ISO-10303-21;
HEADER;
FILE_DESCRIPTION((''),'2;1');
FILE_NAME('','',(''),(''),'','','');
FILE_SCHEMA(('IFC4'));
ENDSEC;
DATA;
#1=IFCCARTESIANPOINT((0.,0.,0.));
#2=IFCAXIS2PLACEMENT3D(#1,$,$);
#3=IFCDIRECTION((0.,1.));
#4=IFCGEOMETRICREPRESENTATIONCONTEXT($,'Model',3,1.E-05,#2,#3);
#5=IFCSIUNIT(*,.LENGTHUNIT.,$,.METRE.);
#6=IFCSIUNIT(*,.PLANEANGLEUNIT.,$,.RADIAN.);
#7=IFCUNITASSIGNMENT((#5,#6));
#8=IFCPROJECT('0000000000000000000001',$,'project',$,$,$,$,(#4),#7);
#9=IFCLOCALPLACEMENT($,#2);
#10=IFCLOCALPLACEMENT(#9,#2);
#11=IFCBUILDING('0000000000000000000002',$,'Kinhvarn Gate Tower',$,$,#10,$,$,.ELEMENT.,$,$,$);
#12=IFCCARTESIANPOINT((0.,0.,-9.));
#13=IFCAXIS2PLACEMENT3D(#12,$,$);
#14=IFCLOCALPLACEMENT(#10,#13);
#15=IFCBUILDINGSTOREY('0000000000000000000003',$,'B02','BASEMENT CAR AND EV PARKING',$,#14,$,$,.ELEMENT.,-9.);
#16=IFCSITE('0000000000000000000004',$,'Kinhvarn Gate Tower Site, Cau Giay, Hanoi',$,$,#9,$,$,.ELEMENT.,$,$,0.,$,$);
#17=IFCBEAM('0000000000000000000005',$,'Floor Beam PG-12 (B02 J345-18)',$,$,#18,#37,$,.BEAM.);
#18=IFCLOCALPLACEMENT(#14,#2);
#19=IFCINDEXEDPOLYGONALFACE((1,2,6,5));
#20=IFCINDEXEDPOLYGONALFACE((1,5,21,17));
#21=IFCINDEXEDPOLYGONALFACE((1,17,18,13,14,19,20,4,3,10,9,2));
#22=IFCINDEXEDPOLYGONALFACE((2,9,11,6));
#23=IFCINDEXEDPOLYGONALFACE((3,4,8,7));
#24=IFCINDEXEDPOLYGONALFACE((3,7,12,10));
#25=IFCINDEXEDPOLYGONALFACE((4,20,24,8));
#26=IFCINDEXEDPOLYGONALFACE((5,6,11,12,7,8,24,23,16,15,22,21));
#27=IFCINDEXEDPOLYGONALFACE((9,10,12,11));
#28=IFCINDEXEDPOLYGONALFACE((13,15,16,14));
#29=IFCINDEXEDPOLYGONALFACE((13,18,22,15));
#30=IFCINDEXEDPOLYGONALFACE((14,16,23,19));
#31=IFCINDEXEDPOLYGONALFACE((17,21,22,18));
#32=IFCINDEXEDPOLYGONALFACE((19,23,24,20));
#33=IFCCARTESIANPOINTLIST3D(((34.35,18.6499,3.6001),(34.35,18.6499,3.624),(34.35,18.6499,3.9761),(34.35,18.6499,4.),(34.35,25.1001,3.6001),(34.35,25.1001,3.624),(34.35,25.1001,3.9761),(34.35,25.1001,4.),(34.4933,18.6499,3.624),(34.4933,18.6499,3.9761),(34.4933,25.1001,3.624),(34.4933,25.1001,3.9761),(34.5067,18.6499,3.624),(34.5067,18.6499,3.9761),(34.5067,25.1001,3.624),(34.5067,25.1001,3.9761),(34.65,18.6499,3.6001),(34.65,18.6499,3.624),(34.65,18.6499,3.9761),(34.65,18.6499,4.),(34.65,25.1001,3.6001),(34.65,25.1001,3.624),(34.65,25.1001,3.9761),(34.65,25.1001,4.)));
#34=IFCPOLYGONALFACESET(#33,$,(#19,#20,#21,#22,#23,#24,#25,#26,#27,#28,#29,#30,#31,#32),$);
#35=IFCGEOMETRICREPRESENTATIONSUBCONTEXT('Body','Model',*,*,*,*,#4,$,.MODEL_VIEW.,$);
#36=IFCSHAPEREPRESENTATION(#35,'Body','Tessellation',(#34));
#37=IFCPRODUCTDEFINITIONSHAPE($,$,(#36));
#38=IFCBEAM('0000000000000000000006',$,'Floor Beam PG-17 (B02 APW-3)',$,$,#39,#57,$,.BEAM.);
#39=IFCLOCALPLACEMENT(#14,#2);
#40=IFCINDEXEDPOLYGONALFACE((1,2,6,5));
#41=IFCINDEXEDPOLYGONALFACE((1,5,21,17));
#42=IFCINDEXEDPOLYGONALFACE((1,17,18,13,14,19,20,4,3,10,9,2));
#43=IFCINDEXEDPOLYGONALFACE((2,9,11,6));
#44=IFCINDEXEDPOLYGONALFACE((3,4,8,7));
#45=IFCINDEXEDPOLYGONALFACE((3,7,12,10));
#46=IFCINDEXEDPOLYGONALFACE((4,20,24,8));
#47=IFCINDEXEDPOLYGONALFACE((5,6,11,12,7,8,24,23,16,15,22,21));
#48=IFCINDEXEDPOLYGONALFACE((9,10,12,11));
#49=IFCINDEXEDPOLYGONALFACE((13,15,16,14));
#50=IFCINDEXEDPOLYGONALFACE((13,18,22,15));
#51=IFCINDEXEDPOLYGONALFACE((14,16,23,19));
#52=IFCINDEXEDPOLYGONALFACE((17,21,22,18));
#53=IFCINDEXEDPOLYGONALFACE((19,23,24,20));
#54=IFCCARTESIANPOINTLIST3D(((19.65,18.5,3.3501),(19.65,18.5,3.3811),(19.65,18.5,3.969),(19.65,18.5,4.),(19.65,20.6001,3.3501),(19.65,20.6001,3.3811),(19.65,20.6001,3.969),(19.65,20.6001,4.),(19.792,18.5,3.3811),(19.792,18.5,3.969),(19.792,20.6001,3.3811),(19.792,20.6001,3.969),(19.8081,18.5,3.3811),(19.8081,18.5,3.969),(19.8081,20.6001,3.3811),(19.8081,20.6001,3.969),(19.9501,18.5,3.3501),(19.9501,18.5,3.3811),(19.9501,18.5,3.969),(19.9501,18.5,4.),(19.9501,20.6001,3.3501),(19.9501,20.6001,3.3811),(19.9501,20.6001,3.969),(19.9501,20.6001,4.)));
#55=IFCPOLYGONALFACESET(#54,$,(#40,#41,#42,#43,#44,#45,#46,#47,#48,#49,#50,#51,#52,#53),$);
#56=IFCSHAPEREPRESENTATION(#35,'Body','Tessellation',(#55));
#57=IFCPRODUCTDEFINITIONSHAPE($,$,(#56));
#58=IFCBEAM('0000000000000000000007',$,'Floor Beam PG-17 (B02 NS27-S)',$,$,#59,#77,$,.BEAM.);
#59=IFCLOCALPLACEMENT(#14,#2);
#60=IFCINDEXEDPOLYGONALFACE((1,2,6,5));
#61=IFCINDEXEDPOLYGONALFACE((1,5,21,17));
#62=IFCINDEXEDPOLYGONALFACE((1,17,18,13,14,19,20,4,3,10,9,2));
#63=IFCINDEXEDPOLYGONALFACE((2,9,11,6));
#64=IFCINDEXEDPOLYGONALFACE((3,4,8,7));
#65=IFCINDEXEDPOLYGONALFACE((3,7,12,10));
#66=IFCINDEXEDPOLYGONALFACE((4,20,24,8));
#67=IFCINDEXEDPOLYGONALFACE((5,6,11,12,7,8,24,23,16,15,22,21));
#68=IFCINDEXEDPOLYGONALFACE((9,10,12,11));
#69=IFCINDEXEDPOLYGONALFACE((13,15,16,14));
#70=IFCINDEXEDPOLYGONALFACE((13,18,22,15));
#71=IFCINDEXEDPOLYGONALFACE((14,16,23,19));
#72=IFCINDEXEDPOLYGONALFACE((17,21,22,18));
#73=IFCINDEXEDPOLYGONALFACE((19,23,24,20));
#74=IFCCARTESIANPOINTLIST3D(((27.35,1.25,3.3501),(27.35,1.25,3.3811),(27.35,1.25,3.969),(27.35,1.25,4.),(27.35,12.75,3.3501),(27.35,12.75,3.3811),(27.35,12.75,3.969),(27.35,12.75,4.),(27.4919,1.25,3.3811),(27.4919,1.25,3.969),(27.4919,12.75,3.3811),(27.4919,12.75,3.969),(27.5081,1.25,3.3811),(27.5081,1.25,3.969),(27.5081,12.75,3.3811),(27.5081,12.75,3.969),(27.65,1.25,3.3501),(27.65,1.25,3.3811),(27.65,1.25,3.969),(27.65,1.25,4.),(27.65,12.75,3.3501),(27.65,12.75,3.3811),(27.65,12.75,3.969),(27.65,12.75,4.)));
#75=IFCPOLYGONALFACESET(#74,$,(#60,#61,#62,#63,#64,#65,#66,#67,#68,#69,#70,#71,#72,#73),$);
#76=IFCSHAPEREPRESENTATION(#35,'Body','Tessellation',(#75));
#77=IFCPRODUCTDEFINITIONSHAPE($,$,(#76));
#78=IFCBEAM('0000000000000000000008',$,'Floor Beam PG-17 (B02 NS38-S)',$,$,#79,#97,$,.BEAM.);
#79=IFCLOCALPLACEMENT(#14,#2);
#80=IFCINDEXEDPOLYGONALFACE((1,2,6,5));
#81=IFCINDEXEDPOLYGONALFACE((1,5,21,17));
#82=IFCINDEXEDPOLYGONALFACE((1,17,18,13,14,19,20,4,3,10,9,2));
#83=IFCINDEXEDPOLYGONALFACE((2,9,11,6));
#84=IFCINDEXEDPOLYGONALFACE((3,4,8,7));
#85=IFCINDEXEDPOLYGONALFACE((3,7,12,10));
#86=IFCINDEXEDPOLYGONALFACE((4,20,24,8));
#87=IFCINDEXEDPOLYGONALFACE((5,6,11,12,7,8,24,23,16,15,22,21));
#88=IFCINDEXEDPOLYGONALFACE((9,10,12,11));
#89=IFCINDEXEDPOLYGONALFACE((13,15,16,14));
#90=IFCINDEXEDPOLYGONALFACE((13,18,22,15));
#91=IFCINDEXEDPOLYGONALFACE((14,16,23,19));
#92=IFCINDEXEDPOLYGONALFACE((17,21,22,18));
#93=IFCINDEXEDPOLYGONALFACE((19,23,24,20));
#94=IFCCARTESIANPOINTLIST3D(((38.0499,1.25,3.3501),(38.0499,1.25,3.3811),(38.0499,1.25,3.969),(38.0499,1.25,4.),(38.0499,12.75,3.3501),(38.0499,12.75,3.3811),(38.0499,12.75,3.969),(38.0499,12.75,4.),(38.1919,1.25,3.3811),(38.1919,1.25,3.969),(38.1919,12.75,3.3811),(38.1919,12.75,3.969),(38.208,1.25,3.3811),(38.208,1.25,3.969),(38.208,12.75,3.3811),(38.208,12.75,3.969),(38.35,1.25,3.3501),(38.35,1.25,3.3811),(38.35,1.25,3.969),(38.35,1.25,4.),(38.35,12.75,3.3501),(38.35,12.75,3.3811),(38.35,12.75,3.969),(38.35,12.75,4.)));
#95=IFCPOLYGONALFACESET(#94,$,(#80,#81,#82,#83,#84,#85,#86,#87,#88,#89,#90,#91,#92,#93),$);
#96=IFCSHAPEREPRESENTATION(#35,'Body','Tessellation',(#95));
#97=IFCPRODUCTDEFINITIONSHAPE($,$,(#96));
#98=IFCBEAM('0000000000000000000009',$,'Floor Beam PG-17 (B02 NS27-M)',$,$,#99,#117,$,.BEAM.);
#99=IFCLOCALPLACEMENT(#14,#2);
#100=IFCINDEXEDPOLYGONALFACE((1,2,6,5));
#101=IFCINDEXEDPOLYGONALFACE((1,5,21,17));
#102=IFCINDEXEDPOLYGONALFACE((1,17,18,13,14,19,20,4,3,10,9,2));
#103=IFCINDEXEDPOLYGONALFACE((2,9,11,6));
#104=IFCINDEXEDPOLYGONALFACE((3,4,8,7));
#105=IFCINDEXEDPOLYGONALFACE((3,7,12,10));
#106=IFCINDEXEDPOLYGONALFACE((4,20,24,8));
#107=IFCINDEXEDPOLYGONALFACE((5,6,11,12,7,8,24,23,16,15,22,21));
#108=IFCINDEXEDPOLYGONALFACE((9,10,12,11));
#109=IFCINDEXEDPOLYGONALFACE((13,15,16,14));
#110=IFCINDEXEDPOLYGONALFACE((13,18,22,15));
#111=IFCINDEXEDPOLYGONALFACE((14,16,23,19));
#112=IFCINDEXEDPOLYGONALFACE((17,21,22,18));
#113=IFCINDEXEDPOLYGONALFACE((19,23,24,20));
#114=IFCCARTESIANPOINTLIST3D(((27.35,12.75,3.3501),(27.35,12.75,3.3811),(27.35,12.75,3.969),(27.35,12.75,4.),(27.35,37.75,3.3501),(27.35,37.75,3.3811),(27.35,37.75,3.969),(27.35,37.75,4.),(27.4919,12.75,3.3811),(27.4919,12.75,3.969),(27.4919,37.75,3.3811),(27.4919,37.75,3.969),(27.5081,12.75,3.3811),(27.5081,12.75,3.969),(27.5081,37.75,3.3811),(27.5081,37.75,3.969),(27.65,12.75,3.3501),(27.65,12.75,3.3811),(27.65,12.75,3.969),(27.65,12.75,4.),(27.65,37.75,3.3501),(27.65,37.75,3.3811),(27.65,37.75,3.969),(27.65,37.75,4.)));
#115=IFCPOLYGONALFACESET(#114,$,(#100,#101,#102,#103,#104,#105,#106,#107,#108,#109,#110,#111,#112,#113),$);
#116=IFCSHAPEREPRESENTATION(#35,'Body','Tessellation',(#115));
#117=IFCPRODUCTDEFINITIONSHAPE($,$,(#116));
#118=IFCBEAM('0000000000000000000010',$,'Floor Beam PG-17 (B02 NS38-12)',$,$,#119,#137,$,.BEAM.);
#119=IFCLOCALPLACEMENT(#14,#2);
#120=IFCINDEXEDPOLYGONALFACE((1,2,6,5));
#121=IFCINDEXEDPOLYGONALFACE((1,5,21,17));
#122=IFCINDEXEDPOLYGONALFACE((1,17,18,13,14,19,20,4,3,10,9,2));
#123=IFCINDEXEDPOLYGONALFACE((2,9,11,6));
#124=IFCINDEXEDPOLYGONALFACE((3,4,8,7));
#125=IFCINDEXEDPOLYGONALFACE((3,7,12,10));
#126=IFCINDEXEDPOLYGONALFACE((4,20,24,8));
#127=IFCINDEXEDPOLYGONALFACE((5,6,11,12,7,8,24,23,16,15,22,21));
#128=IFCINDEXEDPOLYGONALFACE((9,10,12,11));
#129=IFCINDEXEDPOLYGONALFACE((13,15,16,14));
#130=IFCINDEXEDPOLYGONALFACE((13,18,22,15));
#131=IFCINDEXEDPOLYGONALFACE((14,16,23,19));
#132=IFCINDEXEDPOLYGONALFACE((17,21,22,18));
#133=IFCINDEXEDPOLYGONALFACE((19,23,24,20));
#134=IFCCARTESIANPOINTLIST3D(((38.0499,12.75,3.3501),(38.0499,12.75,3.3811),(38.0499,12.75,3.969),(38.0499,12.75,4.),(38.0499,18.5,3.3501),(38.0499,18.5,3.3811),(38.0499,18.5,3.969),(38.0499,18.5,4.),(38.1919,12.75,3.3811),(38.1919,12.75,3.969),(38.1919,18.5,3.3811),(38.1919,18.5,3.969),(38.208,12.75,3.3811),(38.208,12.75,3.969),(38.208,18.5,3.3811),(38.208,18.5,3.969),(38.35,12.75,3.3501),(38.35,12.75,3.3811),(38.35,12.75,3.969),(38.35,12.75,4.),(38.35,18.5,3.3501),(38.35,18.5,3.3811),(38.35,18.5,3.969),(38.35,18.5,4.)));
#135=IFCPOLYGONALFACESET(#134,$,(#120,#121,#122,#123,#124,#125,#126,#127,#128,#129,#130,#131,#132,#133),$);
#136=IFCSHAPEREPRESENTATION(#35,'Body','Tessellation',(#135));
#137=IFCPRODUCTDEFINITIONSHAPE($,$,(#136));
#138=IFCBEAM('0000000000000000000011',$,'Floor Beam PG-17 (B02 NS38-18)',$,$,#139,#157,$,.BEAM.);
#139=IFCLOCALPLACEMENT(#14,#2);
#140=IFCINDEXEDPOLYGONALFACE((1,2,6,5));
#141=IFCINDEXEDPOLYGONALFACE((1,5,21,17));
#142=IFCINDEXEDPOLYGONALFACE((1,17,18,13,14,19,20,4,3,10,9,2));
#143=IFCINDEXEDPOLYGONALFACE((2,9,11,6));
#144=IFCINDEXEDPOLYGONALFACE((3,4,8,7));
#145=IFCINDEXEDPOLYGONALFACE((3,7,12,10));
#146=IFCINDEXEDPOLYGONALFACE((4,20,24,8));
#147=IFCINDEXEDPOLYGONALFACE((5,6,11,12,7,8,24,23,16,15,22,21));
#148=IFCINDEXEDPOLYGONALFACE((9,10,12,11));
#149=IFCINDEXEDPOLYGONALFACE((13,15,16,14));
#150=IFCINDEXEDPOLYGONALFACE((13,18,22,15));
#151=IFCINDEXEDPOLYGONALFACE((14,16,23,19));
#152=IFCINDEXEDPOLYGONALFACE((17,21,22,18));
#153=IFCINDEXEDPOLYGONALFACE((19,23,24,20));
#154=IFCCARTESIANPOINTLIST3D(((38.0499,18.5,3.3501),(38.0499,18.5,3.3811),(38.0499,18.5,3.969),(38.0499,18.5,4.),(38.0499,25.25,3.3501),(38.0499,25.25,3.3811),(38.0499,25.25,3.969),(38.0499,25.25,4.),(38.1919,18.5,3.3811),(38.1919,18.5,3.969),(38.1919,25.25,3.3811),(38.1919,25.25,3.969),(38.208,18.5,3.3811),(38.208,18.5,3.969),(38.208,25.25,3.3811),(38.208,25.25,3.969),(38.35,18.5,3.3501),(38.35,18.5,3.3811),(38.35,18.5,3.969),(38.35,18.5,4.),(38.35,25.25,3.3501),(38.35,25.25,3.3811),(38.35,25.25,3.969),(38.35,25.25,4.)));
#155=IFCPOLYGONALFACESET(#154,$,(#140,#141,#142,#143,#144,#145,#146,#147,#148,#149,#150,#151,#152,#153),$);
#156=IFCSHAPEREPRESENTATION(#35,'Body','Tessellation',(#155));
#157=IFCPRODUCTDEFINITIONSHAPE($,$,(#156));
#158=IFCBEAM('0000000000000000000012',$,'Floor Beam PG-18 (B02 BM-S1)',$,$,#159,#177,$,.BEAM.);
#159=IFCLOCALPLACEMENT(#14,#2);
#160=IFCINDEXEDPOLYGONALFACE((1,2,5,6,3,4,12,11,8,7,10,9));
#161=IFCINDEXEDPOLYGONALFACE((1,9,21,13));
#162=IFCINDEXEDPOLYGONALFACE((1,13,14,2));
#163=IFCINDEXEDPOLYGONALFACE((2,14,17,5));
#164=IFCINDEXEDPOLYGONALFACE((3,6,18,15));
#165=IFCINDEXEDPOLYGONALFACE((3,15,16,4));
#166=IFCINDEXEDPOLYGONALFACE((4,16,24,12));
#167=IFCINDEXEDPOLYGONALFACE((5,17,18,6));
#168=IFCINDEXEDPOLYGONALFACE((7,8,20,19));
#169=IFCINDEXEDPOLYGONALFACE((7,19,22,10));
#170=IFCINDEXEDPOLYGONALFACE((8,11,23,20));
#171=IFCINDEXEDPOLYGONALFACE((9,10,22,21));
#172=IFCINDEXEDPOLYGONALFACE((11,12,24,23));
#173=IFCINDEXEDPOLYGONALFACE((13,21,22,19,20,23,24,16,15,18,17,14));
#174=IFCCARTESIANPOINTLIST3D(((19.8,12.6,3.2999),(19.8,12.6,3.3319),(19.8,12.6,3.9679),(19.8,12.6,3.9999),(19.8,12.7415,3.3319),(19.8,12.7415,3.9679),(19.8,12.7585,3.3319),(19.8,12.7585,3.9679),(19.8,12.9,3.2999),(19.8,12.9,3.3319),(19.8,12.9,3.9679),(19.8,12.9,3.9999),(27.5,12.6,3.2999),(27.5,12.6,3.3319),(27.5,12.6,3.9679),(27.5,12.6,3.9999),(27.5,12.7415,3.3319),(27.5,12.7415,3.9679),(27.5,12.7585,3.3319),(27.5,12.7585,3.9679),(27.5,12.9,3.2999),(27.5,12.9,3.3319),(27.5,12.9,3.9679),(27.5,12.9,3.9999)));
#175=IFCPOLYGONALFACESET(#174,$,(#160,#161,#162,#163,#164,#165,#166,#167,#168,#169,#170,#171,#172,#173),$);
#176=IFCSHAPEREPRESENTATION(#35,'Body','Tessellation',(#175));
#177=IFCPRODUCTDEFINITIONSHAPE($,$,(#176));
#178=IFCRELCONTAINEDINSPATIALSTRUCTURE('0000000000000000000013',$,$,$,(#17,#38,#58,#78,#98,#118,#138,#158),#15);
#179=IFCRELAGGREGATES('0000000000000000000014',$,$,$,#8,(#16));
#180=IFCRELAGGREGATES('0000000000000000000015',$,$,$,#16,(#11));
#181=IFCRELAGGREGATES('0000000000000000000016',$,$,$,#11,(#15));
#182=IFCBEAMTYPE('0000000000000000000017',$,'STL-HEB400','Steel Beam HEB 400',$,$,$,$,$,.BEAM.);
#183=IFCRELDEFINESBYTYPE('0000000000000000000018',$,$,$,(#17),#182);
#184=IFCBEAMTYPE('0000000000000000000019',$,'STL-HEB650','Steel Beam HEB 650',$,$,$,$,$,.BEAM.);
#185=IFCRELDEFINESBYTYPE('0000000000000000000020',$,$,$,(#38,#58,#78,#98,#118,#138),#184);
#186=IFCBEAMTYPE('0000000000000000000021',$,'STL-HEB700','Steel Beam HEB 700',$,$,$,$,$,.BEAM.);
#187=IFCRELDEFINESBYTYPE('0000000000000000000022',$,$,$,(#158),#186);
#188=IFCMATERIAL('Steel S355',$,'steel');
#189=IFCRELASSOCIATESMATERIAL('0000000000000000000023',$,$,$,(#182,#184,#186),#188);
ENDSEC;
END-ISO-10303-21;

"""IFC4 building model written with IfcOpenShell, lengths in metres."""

from ifc_helpers import new_model, si_unit, direction, frame, origin, origin_2d, place, context, subcontext, project, spatial, i_section, extrude, material, material_profile, profile_set, type_object, element, save


model = new_model("IFC4")

# Units and contexts
model_context = context("Model", 3, precision=1e-05, world=origin(), true_north=direction((0.0, 1.0)))
body_context = subcontext(model_context, "Body", "Model", "MODEL_VIEW")
ifc_project = project(units=[si_unit("LENGTHUNIT", "METRE"), si_unit("PLANEANGLEUNIT", "RADIAN")], contexts=[model_context])

# Site, building, storey
site_placement = place(None, origin())
site = spatial("IfcSite", under=ifc_project, at=site_placement, Name="Kinhvarn Gate Tower Site, Cau Giay, Hanoi", CompositionType="ELEMENT", RefElevation=0.0)
building_placement = place(site_placement, origin())
building = spatial("IfcBuilding", under=site, at=building_placement, Name="Kinhvarn Gate Tower", CompositionType="ELEMENT")
storey_placement = place(building_placement, frame((0.0, 0.0, -9.0)))
storey = spatial("IfcBuildingStorey", under=building, at=storey_placement, Name="B02", Description="BASEMENT CAR AND EV PARKING", CompositionType="ELEMENT", Elevation=-9.0)

# Beams
ifc_material_1 = material(Name="Steel S355", Category="steel")
ifc_material_profile_1 = material_profile(ifc_material_1, i_section(OverallWidth=0.3, OverallDepth=0.3999, WebThickness=0.0134, FlangeThickness=0.0239, at=origin_2d()), Name="HEB 400")
ifc_profile_set_1 = profile_set([ifc_material_profile_1], Name="Steel S355")
beam_type_1 = type_object("IfcBeamType", Name="STL-HEB400", Description="Steel Beam HEB 400", PredefinedType="BEAM", material=ifc_profile_set_1)
for number, where, z_axis, x_axis, name in (
    (1, (34.5, 18.6499, 3.8), (0.0, 1.0, 0.0), (-1.0, 0.0, 0.0), "Floor Beam PG-12 (B02 J345-18)"),
):
    element("IfcBeam", number, at=place(storey_placement, frame(where, z_axis=z_axis, x_axis=x_axis)), inside=storey, type_object=beam_type_1, Name=name, PredefinedType="BEAM", context=body_context, shape_type="SweptSolid", body=[
        extrude(i_section(OverallWidth=0.3, OverallDepth=0.3999, WebThickness=0.0134, FlangeThickness=0.0239, at=origin_2d()), origin(), (0.0, 0.0, 1.0), 6.4502),
    ])
ifc_material_profile_2 = material_profile(ifc_material_1, i_section(OverallWidth=0.3, OverallDepth=0.6499, WebThickness=0.0161, FlangeThickness=0.031, at=origin_2d()), Name="HEB 650")
ifc_profile_set_2 = profile_set([ifc_material_profile_2], Name="Steel S355")
beam_type_2 = type_object("IfcBeamType", Name="STL-HEB650", Description="Steel Beam HEB 650", PredefinedType="BEAM", material=ifc_profile_set_2)
beam_1_placement = place(storey_placement, frame((19.8, 18.5, 3.675), z_axis=(0.0, 1.0, 0.0), x_axis=(-1.0, 0.0, 0.0)))
element("IfcBeam", 2, at=beam_1_placement, inside=storey, type_object=beam_type_2, Name="Floor Beam PG-17 (B02 APW-3)", PredefinedType="BEAM", context=body_context, shape_type="SweptSolid", body=[
    extrude(i_section(OverallWidth=0.3, OverallDepth=0.6499, WebThickness=0.0161, FlangeThickness=0.031, at=origin_2d()), origin(), (0.0, 0.0, 1.0), 2.1001),
])
for number, where, z_axis, x_axis, name in (
    (3, (27.5, 1.25, 3.675), (0.0, 1.0, 0.0), (-1.0, 0.0, 0.0), "Floor Beam PG-17 (B02 NS27-S)"),
    (4, (38.2, 1.25, 3.675), (0.0, 1.0, 0.0), (-1.0, 0.0, 0.0), "Floor Beam PG-17 (B02 NS38-S)"),
):
    element("IfcBeam", number, at=place(storey_placement, frame(where, z_axis=z_axis, x_axis=x_axis)), inside=storey, type_object=beam_type_2, Name=name, PredefinedType="BEAM", context=body_context, shape_type="SweptSolid", body=[
        extrude(i_section(OverallWidth=0.3, OverallDepth=0.6499, WebThickness=0.0161, FlangeThickness=0.031, at=origin_2d()), origin(), (0.0, 0.0, 1.0), 11.5),
    ])
beam_2_placement = place(storey_placement, frame((27.5, 12.75, 3.675), z_axis=(0.0, 1.0, 0.0), x_axis=(-1.0, 0.0, 0.0)))
element("IfcBeam", 5, at=beam_2_placement, inside=storey, type_object=beam_type_2, Name="Floor Beam PG-17 (B02 NS27-M)", PredefinedType="BEAM", context=body_context, shape_type="SweptSolid", body=[
    extrude(i_section(OverallWidth=0.3, OverallDepth=0.6499, WebThickness=0.0161, FlangeThickness=0.031, at=origin_2d()), origin(), (0.0, 0.0, 1.0), 25.0),
])
beam_3_placement = place(storey_placement, frame((38.2, 12.75, 3.675), z_axis=(0.0, 1.0, 0.0), x_axis=(-1.0, 0.0, 0.0)))
element("IfcBeam", 6, at=beam_3_placement, inside=storey, type_object=beam_type_2, Name="Floor Beam PG-17 (B02 NS38-12)", PredefinedType="BEAM", context=body_context, shape_type="SweptSolid", body=[
    extrude(i_section(OverallWidth=0.3, OverallDepth=0.6499, WebThickness=0.0161, FlangeThickness=0.031, at=origin_2d()), origin(), (0.0, 0.0, 1.0), 5.75),
])
beam_4_placement = place(storey_placement, frame((38.2, 18.5, 3.675), z_axis=(0.0, 1.0, 0.0), x_axis=(-1.0, 0.0, 0.0)))
element("IfcBeam", 7, at=beam_4_placement, inside=storey, type_object=beam_type_2, Name="Floor Beam PG-17 (B02 NS38-18)", PredefinedType="BEAM", context=body_context, shape_type="SweptSolid", body=[
    extrude(i_section(OverallWidth=0.3, OverallDepth=0.6499, WebThickness=0.0161, FlangeThickness=0.031, at=origin_2d()), origin(), (0.0, 0.0, 1.0), 6.75),
])
ifc_material_profile_3 = material_profile(ifc_material_1, i_section(OverallWidth=0.3, OverallDepth=0.7, WebThickness=0.0171, FlangeThickness=0.032, at=origin_2d()), Name="HEB 700")
ifc_profile_set_3 = profile_set([ifc_material_profile_3], Name="Steel S355")
beam_type_3 = type_object("IfcBeamType", Name="STL-HEB700", Description="Steel Beam HEB 700", PredefinedType="BEAM", material=ifc_profile_set_3)
beam_5_placement = place(storey_placement, frame((19.8, 12.75, 3.6499), z_axis=(1.0, 0.0, 0.0), x_axis=(0.0, 1.0, 0.0)))
element("IfcBeam", 8, at=beam_5_placement, inside=storey, type_object=beam_type_3, Name="Floor Beam PG-18 (B02 BM-S1)", PredefinedType="BEAM", context=body_context, shape_type="SweptSolid", body=[
    extrude(i_section(OverallWidth=0.3, OverallDepth=0.7, WebThickness=0.0171, FlangeThickness=0.032, at=origin_2d()), origin(), (0.0, 0.0, 1.0), 7.7),
])

save(model, "model.ifc")
